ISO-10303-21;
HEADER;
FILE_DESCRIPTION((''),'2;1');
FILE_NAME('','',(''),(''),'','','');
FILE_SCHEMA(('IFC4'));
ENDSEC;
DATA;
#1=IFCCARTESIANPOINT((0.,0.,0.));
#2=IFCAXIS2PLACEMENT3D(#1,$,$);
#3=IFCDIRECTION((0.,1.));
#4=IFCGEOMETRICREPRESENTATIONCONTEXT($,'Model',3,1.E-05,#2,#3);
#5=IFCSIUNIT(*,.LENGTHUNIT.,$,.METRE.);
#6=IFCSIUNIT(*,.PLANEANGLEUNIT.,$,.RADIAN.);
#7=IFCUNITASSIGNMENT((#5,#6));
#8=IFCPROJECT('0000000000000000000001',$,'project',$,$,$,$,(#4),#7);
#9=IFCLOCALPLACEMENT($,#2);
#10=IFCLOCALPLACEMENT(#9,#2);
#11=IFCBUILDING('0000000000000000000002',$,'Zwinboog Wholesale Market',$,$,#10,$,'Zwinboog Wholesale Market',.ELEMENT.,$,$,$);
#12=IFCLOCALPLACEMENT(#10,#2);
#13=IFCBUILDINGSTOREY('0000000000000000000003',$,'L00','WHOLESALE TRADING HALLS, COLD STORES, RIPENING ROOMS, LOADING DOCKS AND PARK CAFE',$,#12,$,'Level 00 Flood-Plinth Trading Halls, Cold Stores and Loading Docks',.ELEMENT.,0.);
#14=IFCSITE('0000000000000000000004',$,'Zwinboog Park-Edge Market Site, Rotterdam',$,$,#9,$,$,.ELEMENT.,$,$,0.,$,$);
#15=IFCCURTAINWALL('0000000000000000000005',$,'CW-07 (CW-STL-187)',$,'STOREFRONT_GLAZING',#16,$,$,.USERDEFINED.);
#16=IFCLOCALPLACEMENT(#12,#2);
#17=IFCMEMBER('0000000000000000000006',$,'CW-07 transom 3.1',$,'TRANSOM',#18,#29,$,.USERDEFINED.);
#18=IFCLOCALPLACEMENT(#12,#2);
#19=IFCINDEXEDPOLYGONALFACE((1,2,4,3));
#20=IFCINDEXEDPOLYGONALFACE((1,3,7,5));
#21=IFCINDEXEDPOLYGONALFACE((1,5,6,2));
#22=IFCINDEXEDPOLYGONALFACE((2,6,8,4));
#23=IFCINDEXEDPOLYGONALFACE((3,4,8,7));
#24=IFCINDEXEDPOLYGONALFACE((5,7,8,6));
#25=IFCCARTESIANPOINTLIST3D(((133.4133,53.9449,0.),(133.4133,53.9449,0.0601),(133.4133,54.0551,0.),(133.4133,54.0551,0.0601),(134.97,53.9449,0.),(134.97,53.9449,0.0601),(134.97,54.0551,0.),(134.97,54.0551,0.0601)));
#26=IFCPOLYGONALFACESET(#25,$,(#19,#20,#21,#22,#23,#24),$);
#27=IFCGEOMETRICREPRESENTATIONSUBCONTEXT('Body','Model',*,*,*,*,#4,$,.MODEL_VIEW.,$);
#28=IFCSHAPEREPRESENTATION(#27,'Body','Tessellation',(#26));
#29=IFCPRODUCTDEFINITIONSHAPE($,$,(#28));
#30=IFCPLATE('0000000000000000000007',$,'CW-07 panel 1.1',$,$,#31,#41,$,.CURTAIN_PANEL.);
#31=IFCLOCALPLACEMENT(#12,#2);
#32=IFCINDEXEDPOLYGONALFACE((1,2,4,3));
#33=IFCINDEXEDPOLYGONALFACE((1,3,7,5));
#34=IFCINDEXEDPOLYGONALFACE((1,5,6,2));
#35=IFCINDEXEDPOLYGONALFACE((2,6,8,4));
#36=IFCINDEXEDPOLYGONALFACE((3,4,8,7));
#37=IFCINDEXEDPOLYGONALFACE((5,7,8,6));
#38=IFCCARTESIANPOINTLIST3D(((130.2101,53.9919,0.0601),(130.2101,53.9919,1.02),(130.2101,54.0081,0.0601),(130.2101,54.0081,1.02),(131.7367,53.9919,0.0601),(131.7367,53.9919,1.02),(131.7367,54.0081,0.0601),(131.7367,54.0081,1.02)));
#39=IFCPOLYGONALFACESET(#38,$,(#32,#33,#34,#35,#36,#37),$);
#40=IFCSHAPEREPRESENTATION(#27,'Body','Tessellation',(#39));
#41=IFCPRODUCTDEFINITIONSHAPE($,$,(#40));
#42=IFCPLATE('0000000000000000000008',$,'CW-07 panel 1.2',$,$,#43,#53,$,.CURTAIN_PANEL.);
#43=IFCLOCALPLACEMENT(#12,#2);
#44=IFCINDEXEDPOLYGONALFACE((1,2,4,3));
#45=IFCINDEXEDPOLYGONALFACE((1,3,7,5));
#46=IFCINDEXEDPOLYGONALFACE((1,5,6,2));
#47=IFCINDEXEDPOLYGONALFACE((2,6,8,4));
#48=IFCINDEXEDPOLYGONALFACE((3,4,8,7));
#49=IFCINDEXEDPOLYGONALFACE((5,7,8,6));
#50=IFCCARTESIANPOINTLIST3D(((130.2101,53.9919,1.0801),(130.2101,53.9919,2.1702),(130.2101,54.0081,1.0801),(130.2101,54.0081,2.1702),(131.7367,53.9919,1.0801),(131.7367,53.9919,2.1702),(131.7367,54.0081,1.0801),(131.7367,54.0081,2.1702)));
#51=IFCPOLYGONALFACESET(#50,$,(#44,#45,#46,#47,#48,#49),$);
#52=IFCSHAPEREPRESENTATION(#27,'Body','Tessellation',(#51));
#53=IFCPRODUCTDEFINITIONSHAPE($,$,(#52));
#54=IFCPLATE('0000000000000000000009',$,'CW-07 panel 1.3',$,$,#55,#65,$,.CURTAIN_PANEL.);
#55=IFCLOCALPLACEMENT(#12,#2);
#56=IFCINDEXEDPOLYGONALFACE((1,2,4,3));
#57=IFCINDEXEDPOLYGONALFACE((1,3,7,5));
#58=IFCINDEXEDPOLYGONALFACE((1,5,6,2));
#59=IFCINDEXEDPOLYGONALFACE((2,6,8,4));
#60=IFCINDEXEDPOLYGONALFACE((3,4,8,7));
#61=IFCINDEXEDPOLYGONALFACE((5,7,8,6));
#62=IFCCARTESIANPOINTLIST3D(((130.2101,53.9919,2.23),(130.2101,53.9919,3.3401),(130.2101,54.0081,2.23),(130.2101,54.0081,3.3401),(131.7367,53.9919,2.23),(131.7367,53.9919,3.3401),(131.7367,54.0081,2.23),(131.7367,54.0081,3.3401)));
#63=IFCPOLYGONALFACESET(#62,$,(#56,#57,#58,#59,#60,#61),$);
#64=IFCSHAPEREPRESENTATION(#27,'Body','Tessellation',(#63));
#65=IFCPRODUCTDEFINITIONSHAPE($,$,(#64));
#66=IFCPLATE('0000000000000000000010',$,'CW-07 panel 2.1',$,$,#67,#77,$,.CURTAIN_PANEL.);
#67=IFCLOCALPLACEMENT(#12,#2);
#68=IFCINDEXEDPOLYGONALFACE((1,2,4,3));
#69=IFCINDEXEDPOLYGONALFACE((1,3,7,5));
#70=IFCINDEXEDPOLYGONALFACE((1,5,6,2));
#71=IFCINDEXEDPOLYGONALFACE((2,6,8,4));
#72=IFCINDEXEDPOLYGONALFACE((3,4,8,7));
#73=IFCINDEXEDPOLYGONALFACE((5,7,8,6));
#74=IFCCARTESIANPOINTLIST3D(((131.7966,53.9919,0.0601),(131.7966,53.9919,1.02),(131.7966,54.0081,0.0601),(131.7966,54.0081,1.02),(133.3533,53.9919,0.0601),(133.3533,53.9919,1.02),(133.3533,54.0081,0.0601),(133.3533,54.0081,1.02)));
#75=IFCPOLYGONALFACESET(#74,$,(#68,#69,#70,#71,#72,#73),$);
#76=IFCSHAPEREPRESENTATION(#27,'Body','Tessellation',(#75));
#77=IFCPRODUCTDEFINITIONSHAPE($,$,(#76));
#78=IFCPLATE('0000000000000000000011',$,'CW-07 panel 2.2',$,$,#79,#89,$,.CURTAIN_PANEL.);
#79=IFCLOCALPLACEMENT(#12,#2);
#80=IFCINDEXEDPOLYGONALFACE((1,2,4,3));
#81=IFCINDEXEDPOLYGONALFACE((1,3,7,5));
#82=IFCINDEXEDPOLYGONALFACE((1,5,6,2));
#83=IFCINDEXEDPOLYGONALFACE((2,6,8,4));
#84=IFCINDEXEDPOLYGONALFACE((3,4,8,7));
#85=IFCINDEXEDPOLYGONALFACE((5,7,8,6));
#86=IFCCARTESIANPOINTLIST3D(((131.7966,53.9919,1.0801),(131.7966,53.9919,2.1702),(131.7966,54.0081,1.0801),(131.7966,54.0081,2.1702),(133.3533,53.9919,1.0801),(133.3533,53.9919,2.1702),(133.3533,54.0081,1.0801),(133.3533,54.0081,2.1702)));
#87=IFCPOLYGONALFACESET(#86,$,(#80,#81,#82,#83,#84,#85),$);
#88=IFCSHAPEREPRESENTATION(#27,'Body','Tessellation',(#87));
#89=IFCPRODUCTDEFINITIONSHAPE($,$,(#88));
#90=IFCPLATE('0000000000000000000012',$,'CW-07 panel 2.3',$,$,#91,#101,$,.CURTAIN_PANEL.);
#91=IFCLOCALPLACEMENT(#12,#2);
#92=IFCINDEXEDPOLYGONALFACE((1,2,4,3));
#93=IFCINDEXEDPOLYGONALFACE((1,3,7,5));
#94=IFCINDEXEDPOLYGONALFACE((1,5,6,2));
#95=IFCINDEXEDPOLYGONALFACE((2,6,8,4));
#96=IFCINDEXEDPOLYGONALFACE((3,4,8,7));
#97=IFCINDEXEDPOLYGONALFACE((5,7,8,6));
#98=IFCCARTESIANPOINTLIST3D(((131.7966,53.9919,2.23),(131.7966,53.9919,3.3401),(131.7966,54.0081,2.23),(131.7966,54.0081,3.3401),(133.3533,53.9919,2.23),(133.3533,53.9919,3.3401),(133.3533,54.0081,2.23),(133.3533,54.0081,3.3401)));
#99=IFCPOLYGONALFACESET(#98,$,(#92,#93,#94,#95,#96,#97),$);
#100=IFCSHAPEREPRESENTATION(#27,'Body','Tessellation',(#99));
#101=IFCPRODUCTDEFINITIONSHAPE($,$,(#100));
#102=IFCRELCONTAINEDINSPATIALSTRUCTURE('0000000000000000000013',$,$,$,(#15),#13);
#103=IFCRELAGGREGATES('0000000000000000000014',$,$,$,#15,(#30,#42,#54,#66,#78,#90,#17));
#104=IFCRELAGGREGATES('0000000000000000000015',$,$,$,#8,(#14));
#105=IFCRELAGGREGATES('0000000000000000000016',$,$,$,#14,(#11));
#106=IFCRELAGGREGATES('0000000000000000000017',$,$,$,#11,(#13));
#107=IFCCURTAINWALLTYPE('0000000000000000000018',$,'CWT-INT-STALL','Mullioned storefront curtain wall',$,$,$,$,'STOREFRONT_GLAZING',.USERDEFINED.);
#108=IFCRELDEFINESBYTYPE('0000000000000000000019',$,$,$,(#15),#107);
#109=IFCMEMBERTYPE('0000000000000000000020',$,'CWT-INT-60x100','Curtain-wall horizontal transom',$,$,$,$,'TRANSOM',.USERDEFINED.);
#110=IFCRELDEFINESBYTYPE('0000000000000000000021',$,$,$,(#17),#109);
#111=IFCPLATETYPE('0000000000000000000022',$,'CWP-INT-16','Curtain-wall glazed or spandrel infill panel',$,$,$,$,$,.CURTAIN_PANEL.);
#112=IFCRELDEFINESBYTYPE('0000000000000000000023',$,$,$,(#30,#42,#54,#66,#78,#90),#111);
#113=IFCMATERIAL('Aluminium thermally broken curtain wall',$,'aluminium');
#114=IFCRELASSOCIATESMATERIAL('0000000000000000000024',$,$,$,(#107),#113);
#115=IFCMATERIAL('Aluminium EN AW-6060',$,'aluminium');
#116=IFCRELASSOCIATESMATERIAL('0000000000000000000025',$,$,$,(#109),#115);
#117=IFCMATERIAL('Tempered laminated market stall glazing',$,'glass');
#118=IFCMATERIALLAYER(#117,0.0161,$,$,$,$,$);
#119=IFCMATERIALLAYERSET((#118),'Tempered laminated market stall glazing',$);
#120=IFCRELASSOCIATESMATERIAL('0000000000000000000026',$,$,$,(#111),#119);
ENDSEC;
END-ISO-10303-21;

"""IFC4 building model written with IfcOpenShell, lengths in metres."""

from ifc_helpers import new_model, si_unit, direction, frame, origin, origin_2d, place, context, subcontext, project, spatial, rectangle, extrude, material, layer, layer_set, material_profile, profile_set, type_object, element, aggregate, save


model = new_model("IFC4")

# Units and contexts
model_context = context("Model", 3, precision=1e-05, world=origin(), true_north=direction((0.0, 1.0)))
body_context = subcontext(model_context, "Body", "Model", "MODEL_VIEW")
ifc_project = project(units=[si_unit("LENGTHUNIT", "METRE"), si_unit("PLANEANGLEUNIT", "RADIAN")], contexts=[model_context])

# Site, building, storey
site_placement = place(None, origin())
site = spatial("IfcSite", under=ifc_project, at=site_placement, Name="Zwinboog Park-Edge Market Site, Rotterdam", CompositionType="ELEMENT", RefElevation=0.0)
building_placement = place(site_placement, origin())
building = spatial("IfcBuilding", under=site, at=building_placement, Name="Zwinboog Wholesale Market", LongName="Zwinboog Wholesale Market", CompositionType="ELEMENT")
storey_placement = place(building_placement, origin())
storey = spatial("IfcBuildingStorey", under=building, at=storey_placement, Name="L00", Description="WHOLESALE TRADING HALLS, COLD STORES, RIPENING ROOMS, LOADING DOCKS AND PARK CAFE", LongName="Level 00 Flood-Plinth Trading Halls, Cold Stores and Loading Docks", CompositionType="ELEMENT", Elevation=0.0)

# Curtain wall, member, plates
ifc_material_1 = material(Name="Aluminium thermally broken curtain wall", Category="aluminium")
curtain_wall_type = type_object("IfcCurtainWallType", Name="CWT-INT-STALL", Description="Mullioned storefront curtain wall", ElementType="STOREFRONT_GLAZING", PredefinedType="USERDEFINED", material=ifc_material_1)
curtain_wall_placement = place(storey_placement, origin())
curtain_wall = element("IfcCurtainWall", 1, at=curtain_wall_placement, inside=storey, type_object=curtain_wall_type, Name="CW-07 (CW-STL-187)", ObjectType="STOREFRONT_GLAZING", PredefinedType="USERDEFINED")
ifc_material_2 = material(Name="Aluminium EN AW-6060", Category="aluminium")
ifc_material_profile_1 = material_profile(ifc_material_2, rectangle(XDim=0.1101, YDim=0.0601, at=origin_2d()), Name="AL 60x110")
ifc_profile_set_1 = profile_set([ifc_material_profile_1], Name="Aluminium EN AW-6060")
member_type_1 = type_object("IfcMemberType", Name="CWT-INT-60x100", Description="Curtain-wall horizontal transom", ElementType="TRANSOM", PredefinedType="USERDEFINED", material=ifc_profile_set_1)
member_1_placement = place(storey_placement, frame((133.4133, 54.0, 0.03), z_axis=(1.0, 0.0, 0.0), x_axis=(0.0, 1.0, 0.0)))
member_1 = element("IfcMember", 2, at=member_1_placement, type_object=member_type_1, Name="CW-07 transom 3.1", ObjectType="TRANSOM", PredefinedType="USERDEFINED", context=body_context, shape_type="SweptSolid", body=[
    extrude(rectangle(XDim=0.1101, YDim=0.0601, at=origin_2d()), origin(), (0.0, 0.0, 1.0), 1.5566),
])
ifc_material_3 = material(Name="Tempered laminated market stall glazing", Category="glass")
ifc_layer = layer(ifc_material_3, 0.0161)
ifc_layer_set = layer_set([ifc_layer], Name="Tempered laminated market stall glazing")
plate_type = type_object("IfcPlateType", Name="CWP-INT-16", Description="Curtain-wall glazed or spandrel infill panel", PredefinedType="CURTAIN_PANEL", material=ifc_layer_set)
plate_1_placement = place(storey_placement, frame((130.9734, 54.0, 0.0601), z_axis=(0.0, 0.0, 1.0), x_axis=(1.0, 0.0, 0.0)))
plate_1 = element("IfcPlate", 3, at=plate_1_placement, type_object=plate_type, Name="CW-07 panel 1.1", PredefinedType="CURTAIN_PANEL", context=body_context, shape_type="SweptSolid", body=[
    extrude(rectangle(XDim=1.5266, YDim=0.0161, at=origin_2d()), origin(), (0.0, 0.0, 1.0), 0.96),
])
plate_2_placement = place(storey_placement, frame((130.9734, 54.0, 1.0801), z_axis=(0.0, 0.0, 1.0), x_axis=(1.0, 0.0, 0.0)))
plate_2 = element("IfcPlate", 4, at=plate_2_placement, type_object=plate_type, Name="CW-07 panel 1.2", PredefinedType="CURTAIN_PANEL", context=body_context, shape_type="SweptSolid", body=[
    extrude(rectangle(XDim=1.5266, YDim=0.0161, at=origin_2d()), origin(), (0.0, 0.0, 1.0), 1.0901),
])
plate_3_placement = place(storey_placement, frame((130.9734, 54.0, 2.23), z_axis=(0.0, 0.0, 1.0), x_axis=(1.0, 0.0, 0.0)))
plate_3 = element("IfcPlate", 5, at=plate_3_placement, type_object=plate_type, Name="CW-07 panel 1.3", PredefinedType="CURTAIN_PANEL", context=body_context, shape_type="SweptSolid", body=[
    extrude(rectangle(XDim=1.5266, YDim=0.0161, at=origin_2d()), origin(), (0.0, 0.0, 1.0), 1.1101),
])
plate_4_placement = place(storey_placement, frame((132.575, 54.0, 0.0601), z_axis=(0.0, 0.0, 1.0), x_axis=(1.0, 0.0, 0.0)))
plate_4 = element("IfcPlate", 6, at=plate_4_placement, type_object=plate_type, Name="CW-07 panel 2.1", PredefinedType="CURTAIN_PANEL", context=body_context, shape_type="SweptSolid", body=[
    extrude(rectangle(XDim=1.5566, YDim=0.0161, at=origin_2d()), origin(), (0.0, 0.0, 1.0), 0.96),
])
plate_5_placement = place(storey_placement, frame((132.575, 54.0, 1.0801), z_axis=(0.0, 0.0, 1.0), x_axis=(1.0, 0.0, 0.0)))
plate_5 = element("IfcPlate", 7, at=plate_5_placement, type_object=plate_type, Name="CW-07 panel 2.2", PredefinedType="CURTAIN_PANEL", context=body_context, shape_type="SweptSolid", body=[
    extrude(rectangle(XDim=1.5566, YDim=0.0161, at=origin_2d()), origin(), (0.0, 0.0, 1.0), 1.0901),
])
plate_6_placement = place(storey_placement, frame((132.575, 54.0, 2.23), z_axis=(0.0, 0.0, 1.0), x_axis=(1.0, 0.0, 0.0)))
plate_6 = element("IfcPlate", 8, at=plate_6_placement, type_object=plate_type, Name="CW-07 panel 2.3", PredefinedType="CURTAIN_PANEL", context=body_context, shape_type="SweptSolid", body=[
    extrude(rectangle(XDim=1.5566, YDim=0.0161, at=origin_2d()), origin(), (0.0, 0.0, 1.0), 1.1101),
])
aggregate(curtain_wall, [plate_1, plate_2, plate_3, plate_4, plate_5, plate_6, member_1])

save(model, "model.ifc")
